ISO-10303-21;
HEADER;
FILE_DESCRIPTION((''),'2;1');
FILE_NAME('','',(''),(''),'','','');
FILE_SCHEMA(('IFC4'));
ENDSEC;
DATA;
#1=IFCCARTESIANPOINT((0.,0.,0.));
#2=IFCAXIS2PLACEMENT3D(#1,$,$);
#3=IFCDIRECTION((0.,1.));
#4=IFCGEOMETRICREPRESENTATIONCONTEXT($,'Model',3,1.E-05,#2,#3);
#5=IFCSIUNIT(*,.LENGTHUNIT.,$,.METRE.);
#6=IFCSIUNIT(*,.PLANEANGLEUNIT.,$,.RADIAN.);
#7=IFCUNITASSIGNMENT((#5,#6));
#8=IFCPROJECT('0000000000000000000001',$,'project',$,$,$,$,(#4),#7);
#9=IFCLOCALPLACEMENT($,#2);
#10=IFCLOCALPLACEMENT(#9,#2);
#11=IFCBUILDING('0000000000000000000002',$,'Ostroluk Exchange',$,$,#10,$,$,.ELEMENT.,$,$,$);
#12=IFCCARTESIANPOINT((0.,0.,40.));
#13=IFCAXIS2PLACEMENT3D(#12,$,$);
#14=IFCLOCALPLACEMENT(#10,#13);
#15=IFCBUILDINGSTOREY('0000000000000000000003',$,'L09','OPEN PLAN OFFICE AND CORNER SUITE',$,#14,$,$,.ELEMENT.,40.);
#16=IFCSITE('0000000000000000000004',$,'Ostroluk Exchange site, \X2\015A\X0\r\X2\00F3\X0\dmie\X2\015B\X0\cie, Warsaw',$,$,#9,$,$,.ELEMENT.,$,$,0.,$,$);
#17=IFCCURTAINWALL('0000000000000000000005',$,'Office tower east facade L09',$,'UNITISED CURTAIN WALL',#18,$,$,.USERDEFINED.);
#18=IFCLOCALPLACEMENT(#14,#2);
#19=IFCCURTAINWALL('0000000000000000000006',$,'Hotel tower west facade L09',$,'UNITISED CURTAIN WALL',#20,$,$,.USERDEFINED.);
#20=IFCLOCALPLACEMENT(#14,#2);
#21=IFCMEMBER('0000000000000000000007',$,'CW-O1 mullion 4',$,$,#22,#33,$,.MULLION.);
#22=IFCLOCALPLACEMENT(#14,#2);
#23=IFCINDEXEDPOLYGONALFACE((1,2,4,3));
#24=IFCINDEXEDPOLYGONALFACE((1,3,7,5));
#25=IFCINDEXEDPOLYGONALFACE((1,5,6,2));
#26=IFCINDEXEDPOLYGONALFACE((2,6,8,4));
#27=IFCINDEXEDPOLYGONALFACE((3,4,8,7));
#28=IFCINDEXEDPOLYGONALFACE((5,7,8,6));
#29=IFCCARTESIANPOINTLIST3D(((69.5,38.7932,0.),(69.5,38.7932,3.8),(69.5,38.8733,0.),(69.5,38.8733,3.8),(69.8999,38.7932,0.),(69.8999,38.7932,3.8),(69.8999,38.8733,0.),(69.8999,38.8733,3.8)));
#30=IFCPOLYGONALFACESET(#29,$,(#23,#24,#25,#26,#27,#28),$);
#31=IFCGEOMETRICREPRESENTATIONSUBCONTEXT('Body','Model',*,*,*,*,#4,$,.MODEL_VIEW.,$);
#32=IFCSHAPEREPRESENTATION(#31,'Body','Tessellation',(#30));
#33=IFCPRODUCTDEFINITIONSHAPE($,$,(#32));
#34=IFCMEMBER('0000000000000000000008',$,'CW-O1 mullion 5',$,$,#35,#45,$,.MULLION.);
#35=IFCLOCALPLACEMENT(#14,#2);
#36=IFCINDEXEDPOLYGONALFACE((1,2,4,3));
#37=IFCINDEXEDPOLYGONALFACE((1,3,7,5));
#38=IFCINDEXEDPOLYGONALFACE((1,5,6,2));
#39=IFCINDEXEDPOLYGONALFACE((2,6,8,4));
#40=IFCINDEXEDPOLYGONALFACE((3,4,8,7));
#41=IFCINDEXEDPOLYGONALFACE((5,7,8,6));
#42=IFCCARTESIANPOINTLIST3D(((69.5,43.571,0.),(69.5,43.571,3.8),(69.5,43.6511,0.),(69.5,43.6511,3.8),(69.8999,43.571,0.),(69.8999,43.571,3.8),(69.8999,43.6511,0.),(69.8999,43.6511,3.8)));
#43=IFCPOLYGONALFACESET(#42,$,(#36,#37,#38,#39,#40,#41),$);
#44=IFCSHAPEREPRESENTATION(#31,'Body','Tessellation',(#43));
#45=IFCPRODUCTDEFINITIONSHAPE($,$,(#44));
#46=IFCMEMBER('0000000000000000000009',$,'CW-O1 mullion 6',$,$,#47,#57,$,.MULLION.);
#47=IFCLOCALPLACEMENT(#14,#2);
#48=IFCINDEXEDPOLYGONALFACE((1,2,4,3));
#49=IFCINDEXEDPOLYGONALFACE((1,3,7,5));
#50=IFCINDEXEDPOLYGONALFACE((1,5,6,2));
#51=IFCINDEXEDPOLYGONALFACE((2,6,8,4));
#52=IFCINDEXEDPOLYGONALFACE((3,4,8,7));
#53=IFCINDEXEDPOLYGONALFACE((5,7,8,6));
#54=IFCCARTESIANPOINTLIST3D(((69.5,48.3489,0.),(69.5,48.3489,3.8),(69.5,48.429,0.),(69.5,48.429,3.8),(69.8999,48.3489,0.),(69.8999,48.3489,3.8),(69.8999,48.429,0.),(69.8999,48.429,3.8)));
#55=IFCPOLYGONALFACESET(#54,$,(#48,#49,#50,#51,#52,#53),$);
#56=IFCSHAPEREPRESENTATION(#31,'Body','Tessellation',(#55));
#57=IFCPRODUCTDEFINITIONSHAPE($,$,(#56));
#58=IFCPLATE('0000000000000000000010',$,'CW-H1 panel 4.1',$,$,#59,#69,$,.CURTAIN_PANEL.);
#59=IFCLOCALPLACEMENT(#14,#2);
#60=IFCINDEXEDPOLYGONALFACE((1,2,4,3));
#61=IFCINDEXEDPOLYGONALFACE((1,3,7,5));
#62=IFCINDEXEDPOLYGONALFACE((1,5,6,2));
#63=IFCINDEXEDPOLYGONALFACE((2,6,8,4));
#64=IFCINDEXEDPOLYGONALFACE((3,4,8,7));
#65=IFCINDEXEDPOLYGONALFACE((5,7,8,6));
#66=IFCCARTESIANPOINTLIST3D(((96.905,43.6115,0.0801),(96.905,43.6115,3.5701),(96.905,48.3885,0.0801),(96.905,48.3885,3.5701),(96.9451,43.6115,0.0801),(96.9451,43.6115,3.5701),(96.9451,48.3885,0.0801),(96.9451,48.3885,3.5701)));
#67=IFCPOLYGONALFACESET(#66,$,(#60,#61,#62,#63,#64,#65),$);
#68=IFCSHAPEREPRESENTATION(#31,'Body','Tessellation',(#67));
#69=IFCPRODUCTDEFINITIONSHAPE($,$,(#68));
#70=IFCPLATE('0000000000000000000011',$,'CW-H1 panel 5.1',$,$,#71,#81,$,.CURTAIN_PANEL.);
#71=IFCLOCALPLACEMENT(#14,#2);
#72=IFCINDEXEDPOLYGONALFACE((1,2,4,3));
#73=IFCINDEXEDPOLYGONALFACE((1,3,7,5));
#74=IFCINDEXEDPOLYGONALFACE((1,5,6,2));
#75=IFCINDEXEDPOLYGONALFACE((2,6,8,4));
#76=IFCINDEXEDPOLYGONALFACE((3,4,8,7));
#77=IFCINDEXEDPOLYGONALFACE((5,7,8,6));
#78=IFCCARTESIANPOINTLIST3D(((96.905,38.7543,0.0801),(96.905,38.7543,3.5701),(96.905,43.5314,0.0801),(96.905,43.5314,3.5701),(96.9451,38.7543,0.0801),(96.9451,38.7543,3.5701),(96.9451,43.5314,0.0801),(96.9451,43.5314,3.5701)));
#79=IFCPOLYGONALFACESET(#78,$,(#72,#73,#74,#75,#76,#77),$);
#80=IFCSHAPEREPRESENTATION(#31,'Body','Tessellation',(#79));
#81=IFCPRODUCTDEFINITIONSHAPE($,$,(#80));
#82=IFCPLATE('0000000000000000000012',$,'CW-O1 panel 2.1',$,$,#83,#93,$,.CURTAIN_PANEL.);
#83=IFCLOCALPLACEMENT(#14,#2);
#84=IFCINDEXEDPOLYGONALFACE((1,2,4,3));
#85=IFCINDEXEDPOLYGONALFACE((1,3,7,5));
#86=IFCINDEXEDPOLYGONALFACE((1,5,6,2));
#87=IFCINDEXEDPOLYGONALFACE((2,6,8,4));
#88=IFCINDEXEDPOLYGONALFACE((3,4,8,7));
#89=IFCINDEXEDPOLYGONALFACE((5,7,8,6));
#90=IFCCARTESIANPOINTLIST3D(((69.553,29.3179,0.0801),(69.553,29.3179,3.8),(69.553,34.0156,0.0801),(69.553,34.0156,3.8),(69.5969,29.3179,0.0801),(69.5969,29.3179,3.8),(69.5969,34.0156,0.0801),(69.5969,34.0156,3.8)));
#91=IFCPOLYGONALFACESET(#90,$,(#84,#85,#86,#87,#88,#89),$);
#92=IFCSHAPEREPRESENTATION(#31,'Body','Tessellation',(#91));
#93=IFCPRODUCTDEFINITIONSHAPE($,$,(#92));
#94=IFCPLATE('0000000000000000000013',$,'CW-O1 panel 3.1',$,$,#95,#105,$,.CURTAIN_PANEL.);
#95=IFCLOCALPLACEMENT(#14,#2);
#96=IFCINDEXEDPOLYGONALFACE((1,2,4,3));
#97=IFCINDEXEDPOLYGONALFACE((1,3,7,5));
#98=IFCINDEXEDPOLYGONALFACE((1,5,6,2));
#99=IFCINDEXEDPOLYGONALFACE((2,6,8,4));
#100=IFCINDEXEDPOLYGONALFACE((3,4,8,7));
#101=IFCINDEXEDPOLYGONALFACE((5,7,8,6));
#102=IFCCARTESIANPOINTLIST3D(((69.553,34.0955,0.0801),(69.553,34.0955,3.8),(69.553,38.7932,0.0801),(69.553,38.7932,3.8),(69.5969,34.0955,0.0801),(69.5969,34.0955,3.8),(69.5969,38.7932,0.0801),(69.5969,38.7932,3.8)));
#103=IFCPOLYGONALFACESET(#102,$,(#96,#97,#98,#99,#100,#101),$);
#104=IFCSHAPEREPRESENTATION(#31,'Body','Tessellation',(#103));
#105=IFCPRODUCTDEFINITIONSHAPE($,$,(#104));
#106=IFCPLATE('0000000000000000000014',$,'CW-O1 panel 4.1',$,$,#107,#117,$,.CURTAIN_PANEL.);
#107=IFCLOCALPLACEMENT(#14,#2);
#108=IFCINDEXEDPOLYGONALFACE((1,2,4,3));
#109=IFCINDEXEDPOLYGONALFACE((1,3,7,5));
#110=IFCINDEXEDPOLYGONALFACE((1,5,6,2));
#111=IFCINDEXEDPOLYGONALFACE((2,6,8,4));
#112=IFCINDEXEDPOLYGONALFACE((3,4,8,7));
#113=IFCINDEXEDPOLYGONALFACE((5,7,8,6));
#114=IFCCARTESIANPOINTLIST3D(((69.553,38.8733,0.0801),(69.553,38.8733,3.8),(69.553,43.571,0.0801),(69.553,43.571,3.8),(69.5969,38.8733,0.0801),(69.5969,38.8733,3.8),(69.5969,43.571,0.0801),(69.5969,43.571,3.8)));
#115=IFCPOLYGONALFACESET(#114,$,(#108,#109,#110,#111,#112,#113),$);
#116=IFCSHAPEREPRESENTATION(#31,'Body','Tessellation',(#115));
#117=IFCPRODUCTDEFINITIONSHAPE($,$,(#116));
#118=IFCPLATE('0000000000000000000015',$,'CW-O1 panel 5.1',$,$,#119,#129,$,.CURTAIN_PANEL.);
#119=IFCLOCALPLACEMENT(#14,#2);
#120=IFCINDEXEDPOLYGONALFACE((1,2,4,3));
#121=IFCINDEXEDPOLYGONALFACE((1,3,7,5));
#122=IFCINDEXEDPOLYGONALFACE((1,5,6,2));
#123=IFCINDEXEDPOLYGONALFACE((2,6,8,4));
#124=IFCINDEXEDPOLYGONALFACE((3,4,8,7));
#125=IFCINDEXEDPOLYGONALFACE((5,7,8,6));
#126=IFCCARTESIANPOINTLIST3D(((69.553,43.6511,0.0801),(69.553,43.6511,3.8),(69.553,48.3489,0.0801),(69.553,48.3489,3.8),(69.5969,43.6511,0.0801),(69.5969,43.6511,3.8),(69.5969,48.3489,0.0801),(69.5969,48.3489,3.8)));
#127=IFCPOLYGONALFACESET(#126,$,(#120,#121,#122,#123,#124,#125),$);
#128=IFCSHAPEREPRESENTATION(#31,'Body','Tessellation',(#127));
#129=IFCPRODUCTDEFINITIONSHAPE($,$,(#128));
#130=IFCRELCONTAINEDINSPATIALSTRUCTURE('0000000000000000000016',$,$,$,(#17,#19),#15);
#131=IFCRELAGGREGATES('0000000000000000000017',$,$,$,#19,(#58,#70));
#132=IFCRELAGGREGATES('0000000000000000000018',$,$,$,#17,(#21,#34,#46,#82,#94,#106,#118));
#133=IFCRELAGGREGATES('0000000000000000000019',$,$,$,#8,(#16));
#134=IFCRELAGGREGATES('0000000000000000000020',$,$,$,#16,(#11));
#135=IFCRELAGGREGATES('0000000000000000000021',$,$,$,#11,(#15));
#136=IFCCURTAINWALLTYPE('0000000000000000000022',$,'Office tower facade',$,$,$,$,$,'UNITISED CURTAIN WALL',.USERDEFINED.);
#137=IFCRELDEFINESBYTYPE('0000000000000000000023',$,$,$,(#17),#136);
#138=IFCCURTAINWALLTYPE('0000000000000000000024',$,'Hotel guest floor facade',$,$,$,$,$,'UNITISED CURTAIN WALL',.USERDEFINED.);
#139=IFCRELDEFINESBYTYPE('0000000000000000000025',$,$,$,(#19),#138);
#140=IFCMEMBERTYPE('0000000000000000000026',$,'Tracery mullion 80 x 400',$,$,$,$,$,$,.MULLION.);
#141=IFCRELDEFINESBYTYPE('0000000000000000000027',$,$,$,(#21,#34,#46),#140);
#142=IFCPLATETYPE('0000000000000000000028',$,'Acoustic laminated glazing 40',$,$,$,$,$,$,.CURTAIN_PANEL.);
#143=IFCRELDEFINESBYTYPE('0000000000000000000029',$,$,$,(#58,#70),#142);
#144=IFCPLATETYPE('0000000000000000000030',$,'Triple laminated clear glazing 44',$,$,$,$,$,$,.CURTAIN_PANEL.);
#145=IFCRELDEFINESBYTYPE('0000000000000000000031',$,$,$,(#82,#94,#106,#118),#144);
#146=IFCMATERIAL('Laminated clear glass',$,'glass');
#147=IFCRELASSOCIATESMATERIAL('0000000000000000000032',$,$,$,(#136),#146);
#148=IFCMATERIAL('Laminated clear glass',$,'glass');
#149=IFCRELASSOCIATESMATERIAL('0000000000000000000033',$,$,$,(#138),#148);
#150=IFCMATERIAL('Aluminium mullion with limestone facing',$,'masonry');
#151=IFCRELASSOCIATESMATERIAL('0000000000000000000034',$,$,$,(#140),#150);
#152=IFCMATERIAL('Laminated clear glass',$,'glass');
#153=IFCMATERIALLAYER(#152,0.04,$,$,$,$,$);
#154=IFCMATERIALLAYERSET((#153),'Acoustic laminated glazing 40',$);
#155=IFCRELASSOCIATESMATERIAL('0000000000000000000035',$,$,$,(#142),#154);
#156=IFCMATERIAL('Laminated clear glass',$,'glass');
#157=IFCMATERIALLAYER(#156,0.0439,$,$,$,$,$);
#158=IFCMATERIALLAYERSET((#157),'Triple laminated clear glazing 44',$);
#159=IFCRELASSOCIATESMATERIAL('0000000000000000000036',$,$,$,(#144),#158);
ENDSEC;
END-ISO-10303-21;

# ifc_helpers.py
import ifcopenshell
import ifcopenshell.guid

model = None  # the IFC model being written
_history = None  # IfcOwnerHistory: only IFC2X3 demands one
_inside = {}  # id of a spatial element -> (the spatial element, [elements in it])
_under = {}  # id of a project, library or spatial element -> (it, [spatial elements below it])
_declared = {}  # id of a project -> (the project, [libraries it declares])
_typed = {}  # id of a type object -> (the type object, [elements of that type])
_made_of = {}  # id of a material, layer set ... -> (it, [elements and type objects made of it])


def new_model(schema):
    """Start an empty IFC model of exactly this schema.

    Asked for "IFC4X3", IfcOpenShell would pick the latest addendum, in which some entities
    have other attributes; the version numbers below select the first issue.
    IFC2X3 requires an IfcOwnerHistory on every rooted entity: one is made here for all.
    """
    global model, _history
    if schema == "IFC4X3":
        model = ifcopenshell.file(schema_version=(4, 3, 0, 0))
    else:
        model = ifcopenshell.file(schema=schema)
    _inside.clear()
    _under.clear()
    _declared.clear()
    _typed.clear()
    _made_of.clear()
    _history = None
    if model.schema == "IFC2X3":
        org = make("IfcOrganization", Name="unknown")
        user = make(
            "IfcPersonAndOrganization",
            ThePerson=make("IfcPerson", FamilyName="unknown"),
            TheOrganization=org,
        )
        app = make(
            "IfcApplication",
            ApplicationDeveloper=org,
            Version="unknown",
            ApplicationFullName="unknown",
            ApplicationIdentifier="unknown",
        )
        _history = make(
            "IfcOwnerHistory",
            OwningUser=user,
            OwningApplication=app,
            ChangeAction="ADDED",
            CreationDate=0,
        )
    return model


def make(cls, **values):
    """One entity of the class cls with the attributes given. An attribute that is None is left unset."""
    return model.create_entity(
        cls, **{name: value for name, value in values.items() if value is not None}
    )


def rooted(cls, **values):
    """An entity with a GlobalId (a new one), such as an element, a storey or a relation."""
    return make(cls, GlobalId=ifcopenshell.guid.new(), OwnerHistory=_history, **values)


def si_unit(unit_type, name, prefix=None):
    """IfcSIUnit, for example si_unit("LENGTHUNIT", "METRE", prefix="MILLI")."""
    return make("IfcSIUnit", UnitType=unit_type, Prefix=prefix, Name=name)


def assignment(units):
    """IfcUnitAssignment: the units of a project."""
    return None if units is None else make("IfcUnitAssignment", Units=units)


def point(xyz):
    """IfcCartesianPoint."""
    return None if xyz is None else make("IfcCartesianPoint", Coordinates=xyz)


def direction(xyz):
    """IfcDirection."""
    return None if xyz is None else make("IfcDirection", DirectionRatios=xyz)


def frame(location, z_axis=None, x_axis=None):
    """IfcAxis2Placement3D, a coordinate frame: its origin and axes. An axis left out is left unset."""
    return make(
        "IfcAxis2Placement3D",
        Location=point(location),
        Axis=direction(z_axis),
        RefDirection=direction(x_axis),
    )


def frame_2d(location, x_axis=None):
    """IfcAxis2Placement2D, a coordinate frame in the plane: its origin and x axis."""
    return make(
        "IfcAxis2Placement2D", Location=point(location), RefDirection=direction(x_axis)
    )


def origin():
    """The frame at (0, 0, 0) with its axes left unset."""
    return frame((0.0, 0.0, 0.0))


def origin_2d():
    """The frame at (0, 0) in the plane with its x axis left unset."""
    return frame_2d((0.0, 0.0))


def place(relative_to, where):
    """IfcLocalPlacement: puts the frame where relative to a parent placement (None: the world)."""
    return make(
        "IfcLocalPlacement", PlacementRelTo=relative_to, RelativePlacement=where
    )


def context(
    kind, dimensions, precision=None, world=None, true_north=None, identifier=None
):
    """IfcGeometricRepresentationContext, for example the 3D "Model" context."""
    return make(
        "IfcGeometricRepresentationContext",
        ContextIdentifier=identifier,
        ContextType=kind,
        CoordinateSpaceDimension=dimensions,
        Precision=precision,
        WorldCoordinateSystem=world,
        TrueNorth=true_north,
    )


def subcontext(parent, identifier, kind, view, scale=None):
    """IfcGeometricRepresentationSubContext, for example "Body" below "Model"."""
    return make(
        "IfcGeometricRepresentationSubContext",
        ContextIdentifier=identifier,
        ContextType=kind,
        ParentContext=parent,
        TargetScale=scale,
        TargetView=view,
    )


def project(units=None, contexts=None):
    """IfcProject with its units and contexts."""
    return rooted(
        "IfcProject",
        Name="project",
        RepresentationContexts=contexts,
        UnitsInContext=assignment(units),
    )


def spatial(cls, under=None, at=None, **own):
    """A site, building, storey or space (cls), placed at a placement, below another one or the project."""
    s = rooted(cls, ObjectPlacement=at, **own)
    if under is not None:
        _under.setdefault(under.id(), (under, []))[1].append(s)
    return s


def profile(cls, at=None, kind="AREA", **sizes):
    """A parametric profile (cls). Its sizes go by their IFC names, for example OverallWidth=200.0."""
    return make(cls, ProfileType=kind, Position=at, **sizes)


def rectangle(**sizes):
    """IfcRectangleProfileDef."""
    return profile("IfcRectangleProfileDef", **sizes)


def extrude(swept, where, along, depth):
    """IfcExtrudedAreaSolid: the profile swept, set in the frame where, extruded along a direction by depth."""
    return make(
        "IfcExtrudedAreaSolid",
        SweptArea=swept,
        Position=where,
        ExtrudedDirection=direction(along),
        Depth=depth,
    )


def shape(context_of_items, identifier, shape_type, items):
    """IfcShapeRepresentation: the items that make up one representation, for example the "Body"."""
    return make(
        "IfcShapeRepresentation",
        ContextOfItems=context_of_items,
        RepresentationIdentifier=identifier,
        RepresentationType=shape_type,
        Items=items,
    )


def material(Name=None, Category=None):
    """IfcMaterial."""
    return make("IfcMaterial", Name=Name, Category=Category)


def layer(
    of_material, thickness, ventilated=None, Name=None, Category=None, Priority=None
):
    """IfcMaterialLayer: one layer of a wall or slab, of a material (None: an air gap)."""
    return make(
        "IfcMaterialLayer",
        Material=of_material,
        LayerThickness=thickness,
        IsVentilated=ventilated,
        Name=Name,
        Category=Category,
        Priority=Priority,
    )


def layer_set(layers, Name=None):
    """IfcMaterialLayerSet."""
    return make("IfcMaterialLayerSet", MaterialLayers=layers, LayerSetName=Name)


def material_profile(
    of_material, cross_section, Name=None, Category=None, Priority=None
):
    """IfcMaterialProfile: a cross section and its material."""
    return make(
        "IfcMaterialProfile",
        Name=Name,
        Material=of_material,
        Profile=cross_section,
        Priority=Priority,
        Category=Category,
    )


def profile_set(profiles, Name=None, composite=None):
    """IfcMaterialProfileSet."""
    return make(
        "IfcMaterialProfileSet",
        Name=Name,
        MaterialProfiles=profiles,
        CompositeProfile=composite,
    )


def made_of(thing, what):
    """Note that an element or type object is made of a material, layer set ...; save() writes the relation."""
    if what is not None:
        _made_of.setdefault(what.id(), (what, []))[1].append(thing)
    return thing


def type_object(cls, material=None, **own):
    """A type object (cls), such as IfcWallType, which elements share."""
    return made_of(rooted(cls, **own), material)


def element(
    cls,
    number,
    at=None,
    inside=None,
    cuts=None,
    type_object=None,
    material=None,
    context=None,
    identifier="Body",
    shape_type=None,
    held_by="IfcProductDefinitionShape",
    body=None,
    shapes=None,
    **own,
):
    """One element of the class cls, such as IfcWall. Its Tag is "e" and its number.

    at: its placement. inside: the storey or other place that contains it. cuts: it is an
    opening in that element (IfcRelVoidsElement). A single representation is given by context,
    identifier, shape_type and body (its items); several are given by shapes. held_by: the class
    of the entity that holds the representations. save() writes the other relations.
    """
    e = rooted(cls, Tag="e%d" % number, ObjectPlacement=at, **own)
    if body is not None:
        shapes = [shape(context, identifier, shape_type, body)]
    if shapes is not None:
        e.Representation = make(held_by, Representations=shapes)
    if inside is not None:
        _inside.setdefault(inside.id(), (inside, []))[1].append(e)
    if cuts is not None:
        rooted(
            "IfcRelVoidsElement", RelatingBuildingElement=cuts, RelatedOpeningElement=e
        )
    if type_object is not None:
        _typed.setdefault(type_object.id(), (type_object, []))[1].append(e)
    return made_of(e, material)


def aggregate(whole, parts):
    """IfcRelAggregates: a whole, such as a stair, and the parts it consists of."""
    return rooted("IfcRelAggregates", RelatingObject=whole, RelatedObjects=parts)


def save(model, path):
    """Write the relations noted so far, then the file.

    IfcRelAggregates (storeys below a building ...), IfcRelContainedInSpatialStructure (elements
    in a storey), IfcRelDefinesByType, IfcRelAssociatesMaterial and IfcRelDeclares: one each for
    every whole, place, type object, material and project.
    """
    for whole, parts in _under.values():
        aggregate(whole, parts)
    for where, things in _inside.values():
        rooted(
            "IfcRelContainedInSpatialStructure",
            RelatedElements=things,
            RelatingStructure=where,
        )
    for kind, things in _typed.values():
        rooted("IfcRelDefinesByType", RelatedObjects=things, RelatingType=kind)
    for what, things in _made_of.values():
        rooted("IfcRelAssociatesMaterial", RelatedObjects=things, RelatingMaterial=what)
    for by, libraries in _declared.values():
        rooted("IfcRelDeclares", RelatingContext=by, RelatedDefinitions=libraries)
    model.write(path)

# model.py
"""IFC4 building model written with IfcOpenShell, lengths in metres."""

from ifc_helpers import new_model, si_unit, direction, frame, origin, origin_2d, place, context, subcontext, project, spatial, rectangle, extrude, material, layer, layer_set, material_profile, profile_set, type_object, element, aggregate, save


model = new_model("IFC4")

# Units and contexts
model_context = context("Model", 3, precision=1e-05, world=origin(), true_north=direction((0.0, 1.0)))
body_context = subcontext(model_context, "Body", "Model", "MODEL_VIEW")
ifc_project = project(units=[si_unit("LENGTHUNIT", "METRE"), si_unit("PLANEANGLEUNIT", "RADIAN")], contexts=[model_context])

# Site, building, storey
site_placement = place(None, origin())
site = spatial("IfcSite", under=ifc_project, at=site_placement, Name="Ostroluk Exchange site, Śródmieście, Warsaw", CompositionType="ELEMENT", RefElevation=0.0)
building_placement = place(site_placement, origin())
building = spatial("IfcBuilding", under=site, at=building_placement, Name="Ostroluk Exchange", CompositionType="ELEMENT")
storey_placement = place(building_placement, frame((0.0, 0.0, 40.0)))
storey = spatial("IfcBuildingStorey", under=building, at=storey_placement, Name="L09", Description="OPEN PLAN OFFICE AND CORNER SUITE", CompositionType="ELEMENT", Elevation=40.0)

# Curtain walls
ifc_material_1 = material(Name="Laminated clear glass", Category="glass")
curtain_wall_type_1 = type_object("IfcCurtainWallType", Name="Office tower facade", ElementType="UNITISED CURTAIN WALL", PredefinedType="USERDEFINED", material=ifc_material_1)
curtain_wall_1_placement = place(storey_placement, origin())
curtain_wall_1 = element("IfcCurtainWall", 1, at=curtain_wall_1_placement, inside=storey, type_object=curtain_wall_type_1, Name="Office tower east facade L09", ObjectType="UNITISED CURTAIN WALL", PredefinedType="USERDEFINED")
ifc_material_2 = material(Name="Laminated clear glass", Category="glass")
curtain_wall_type_2 = type_object("IfcCurtainWallType", Name="Hotel guest floor facade", ElementType="UNITISED CURTAIN WALL", PredefinedType="USERDEFINED", material=ifc_material_2)
curtain_wall_2_placement = place(storey_placement, origin())
curtain_wall_2 = element("IfcCurtainWall", 2, at=curtain_wall_2_placement, inside=storey, type_object=curtain_wall_type_2, Name="Hotel tower west facade L09", ObjectType="UNITISED CURTAIN WALL", PredefinedType="USERDEFINED")

# Members
ifc_material_3 = material(Name="Aluminium mullion with limestone facing", Category="masonry")
ifc_material_profile_1 = material_profile(ifc_material_3, rectangle(XDim=0.3999, YDim=0.0801, at=origin_2d()), Name="Tracery mullion 80 x 400")
ifc_profile_set_1 = profile_set([ifc_material_profile_1], Name="Aluminium mullion with limestone facing")
member_type_1 = type_object("IfcMemberType", Name="Tracery mullion 80 x 400", PredefinedType="MULLION", material=ifc_profile_set_1)
member_1_placement = place(storey_placement, frame((69.7, 38.8333, 0.0), z_axis=(0.0, 0.0, 1.0), x_axis=(-1.0, 0.0, 0.0)))
member_1 = element("IfcMember", 3, at=member_1_placement, type_object=member_type_1, Name="CW-O1 mullion 4", PredefinedType="MULLION", context=body_context, shape_type="SweptSolid", body=[
    extrude(rectangle(XDim=0.3999, YDim=0.0801, at=origin_2d()), origin(), (0.0, 0.0, 1.0), 3.8),
])
member_2_placement = place(storey_placement, frame((69.7, 43.6111, 0.0), z_axis=(0.0, 0.0, 1.0), x_axis=(-1.0, 0.0, 0.0)))
member_2 = element("IfcMember", 4, at=member_2_placement, type_object=member_type_1, Name="CW-O1 mullion 5", PredefinedType="MULLION", context=body_context, shape_type="SweptSolid", body=[
    extrude(rectangle(XDim=0.3999, YDim=0.0801, at=origin_2d()), origin(), (0.0, 0.0, 1.0), 3.8),
])
member_3_placement = place(storey_placement, frame((69.7, 48.3889, 0.0), z_axis=(0.0, 0.0, 1.0), x_axis=(-1.0, 0.0, 0.0)))
member_3 = element("IfcMember", 5, at=member_3_placement, type_object=member_type_1, Name="CW-O1 mullion 6", PredefinedType="MULLION", context=body_context, shape_type="SweptSolid", body=[
    extrude(rectangle(XDim=0.3999, YDim=0.0801, at=origin_2d()), origin(), (0.0, 0.0, 1.0), 3.8),
])

# Plates
ifc_material_4 = material(Name="Laminated clear glass", Category="glass")
ifc_layer_1 = layer(ifc_material_4, 0.04)
ifc_layer_set_1 = layer_set([ifc_layer_1], Name="Acoustic laminated glazing 40")
plate_type_1 = type_object("IfcPlateType", Name="Acoustic laminated glazing 40", PredefinedType="CURTAIN_PANEL", material=ifc_layer_set_1)
plate_1_placement = place(storey_placement, frame((96.925, 46.0, 0.0801), z_axis=(0.0, 0.0, 1.0), x_axis=(0.0, -1.0, 0.0)))
plate_1 = element("IfcPlate", 6, at=plate_1_placement, type_object=plate_type_1, Name="CW-H1 panel 4.1", PredefinedType="CURTAIN_PANEL", context=body_context, shape_type="SweptSolid", body=[
    extrude(rectangle(XDim=4.7771, YDim=0.04, at=origin_2d()), origin(), (0.0, 0.0, 1.0), 3.49),
])
plate_2_placement = place(storey_placement, frame((96.925, 41.1428, 0.0801), z_axis=(0.0, 0.0, 1.0), x_axis=(0.0, -1.0, 0.0)))
plate_2 = element("IfcPlate", 7, at=plate_2_placement, type_object=plate_type_1, Name="CW-H1 panel 5.1", PredefinedType="CURTAIN_PANEL", context=body_context, shape_type="SweptSolid", body=[
    extrude(rectangle(XDim=4.7771, YDim=0.04, at=origin_2d()), origin(), (0.0, 0.0, 1.0), 3.49),
])
aggregate(curtain_wall_2, [plate_1, plate_2])
ifc_material_5 = material(Name="Laminated clear glass", Category="glass")
ifc_layer_2 = layer(ifc_material_5, 0.0439)
ifc_layer_set_2 = layer_set([ifc_layer_2], Name="Triple laminated clear glazing 44")
plate_type_2 = type_object("IfcPlateType", Name="Triple laminated clear glazing 44", PredefinedType="CURTAIN_PANEL", material=ifc_layer_set_2)
plate_3_placement = place(storey_placement, frame((69.575, 31.6667, 0.0801), z_axis=(0.0, 0.0, 1.0), x_axis=(0.0, 1.0, 0.0)))
plate_3 = element("IfcPlate", 8, at=plate_3_placement, type_object=plate_type_2, Name="CW-O1 panel 2.1", PredefinedType="CURTAIN_PANEL", context=body_context, shape_type="SweptSolid", body=[
    extrude(rectangle(XDim=4.6978, YDim=0.0439, at=origin_2d()), origin(), (0.0, 0.0, 1.0), 3.72),
])
plate_4_placement = place(storey_placement, frame((69.575, 36.4443, 0.0801), z_axis=(0.0, 0.0, 1.0), x_axis=(0.0, 1.0, 0.0)))
plate_4 = element("IfcPlate", 9, at=plate_4_placement, type_object=plate_type_2, Name="CW-O1 panel 3.1", PredefinedType="CURTAIN_PANEL", context=body_context, shape_type="SweptSolid", body=[
    extrude(rectangle(XDim=4.6978, YDim=0.0439, at=origin_2d()), origin(), (0.0, 0.0, 1.0), 3.72),
])
plate_5_placement = place(storey_placement, frame((69.575, 41.2222, 0.0801), z_axis=(0.0, 0.0, 1.0), x_axis=(0.0, 1.0, 0.0)))
plate_5 = element("IfcPlate", 10, at=plate_5_placement, type_object=plate_type_2, Name="CW-O1 panel 4.1", PredefinedType="CURTAIN_PANEL", context=body_context, shape_type="SweptSolid", body=[
    extrude(rectangle(XDim=4.6978, YDim=0.0439, at=origin_2d()), origin(), (0.0, 0.0, 1.0), 3.72),
])
plate_6_placement = place(storey_placement, frame((69.575, 46.0, 0.0801), z_axis=(0.0, 0.0, 1.0), x_axis=(0.0, 1.0, 0.0)))
plate_6 = element("IfcPlate", 11, at=plate_6_placement, type_object=plate_type_2, Name="CW-O1 panel 5.1", PredefinedType="CURTAIN_PANEL", context=body_context, shape_type="SweptSolid", body=[
    extrude(rectangle(XDim=4.6978, YDim=0.0439, at=origin_2d()), origin(), (0.0, 0.0, 1.0), 3.72),
])
aggregate(curtain_wall_1, [member_1, member_2, member_3, plate_3, plate_4, plate_5, plate_6])

save(model, "model.ifc")
